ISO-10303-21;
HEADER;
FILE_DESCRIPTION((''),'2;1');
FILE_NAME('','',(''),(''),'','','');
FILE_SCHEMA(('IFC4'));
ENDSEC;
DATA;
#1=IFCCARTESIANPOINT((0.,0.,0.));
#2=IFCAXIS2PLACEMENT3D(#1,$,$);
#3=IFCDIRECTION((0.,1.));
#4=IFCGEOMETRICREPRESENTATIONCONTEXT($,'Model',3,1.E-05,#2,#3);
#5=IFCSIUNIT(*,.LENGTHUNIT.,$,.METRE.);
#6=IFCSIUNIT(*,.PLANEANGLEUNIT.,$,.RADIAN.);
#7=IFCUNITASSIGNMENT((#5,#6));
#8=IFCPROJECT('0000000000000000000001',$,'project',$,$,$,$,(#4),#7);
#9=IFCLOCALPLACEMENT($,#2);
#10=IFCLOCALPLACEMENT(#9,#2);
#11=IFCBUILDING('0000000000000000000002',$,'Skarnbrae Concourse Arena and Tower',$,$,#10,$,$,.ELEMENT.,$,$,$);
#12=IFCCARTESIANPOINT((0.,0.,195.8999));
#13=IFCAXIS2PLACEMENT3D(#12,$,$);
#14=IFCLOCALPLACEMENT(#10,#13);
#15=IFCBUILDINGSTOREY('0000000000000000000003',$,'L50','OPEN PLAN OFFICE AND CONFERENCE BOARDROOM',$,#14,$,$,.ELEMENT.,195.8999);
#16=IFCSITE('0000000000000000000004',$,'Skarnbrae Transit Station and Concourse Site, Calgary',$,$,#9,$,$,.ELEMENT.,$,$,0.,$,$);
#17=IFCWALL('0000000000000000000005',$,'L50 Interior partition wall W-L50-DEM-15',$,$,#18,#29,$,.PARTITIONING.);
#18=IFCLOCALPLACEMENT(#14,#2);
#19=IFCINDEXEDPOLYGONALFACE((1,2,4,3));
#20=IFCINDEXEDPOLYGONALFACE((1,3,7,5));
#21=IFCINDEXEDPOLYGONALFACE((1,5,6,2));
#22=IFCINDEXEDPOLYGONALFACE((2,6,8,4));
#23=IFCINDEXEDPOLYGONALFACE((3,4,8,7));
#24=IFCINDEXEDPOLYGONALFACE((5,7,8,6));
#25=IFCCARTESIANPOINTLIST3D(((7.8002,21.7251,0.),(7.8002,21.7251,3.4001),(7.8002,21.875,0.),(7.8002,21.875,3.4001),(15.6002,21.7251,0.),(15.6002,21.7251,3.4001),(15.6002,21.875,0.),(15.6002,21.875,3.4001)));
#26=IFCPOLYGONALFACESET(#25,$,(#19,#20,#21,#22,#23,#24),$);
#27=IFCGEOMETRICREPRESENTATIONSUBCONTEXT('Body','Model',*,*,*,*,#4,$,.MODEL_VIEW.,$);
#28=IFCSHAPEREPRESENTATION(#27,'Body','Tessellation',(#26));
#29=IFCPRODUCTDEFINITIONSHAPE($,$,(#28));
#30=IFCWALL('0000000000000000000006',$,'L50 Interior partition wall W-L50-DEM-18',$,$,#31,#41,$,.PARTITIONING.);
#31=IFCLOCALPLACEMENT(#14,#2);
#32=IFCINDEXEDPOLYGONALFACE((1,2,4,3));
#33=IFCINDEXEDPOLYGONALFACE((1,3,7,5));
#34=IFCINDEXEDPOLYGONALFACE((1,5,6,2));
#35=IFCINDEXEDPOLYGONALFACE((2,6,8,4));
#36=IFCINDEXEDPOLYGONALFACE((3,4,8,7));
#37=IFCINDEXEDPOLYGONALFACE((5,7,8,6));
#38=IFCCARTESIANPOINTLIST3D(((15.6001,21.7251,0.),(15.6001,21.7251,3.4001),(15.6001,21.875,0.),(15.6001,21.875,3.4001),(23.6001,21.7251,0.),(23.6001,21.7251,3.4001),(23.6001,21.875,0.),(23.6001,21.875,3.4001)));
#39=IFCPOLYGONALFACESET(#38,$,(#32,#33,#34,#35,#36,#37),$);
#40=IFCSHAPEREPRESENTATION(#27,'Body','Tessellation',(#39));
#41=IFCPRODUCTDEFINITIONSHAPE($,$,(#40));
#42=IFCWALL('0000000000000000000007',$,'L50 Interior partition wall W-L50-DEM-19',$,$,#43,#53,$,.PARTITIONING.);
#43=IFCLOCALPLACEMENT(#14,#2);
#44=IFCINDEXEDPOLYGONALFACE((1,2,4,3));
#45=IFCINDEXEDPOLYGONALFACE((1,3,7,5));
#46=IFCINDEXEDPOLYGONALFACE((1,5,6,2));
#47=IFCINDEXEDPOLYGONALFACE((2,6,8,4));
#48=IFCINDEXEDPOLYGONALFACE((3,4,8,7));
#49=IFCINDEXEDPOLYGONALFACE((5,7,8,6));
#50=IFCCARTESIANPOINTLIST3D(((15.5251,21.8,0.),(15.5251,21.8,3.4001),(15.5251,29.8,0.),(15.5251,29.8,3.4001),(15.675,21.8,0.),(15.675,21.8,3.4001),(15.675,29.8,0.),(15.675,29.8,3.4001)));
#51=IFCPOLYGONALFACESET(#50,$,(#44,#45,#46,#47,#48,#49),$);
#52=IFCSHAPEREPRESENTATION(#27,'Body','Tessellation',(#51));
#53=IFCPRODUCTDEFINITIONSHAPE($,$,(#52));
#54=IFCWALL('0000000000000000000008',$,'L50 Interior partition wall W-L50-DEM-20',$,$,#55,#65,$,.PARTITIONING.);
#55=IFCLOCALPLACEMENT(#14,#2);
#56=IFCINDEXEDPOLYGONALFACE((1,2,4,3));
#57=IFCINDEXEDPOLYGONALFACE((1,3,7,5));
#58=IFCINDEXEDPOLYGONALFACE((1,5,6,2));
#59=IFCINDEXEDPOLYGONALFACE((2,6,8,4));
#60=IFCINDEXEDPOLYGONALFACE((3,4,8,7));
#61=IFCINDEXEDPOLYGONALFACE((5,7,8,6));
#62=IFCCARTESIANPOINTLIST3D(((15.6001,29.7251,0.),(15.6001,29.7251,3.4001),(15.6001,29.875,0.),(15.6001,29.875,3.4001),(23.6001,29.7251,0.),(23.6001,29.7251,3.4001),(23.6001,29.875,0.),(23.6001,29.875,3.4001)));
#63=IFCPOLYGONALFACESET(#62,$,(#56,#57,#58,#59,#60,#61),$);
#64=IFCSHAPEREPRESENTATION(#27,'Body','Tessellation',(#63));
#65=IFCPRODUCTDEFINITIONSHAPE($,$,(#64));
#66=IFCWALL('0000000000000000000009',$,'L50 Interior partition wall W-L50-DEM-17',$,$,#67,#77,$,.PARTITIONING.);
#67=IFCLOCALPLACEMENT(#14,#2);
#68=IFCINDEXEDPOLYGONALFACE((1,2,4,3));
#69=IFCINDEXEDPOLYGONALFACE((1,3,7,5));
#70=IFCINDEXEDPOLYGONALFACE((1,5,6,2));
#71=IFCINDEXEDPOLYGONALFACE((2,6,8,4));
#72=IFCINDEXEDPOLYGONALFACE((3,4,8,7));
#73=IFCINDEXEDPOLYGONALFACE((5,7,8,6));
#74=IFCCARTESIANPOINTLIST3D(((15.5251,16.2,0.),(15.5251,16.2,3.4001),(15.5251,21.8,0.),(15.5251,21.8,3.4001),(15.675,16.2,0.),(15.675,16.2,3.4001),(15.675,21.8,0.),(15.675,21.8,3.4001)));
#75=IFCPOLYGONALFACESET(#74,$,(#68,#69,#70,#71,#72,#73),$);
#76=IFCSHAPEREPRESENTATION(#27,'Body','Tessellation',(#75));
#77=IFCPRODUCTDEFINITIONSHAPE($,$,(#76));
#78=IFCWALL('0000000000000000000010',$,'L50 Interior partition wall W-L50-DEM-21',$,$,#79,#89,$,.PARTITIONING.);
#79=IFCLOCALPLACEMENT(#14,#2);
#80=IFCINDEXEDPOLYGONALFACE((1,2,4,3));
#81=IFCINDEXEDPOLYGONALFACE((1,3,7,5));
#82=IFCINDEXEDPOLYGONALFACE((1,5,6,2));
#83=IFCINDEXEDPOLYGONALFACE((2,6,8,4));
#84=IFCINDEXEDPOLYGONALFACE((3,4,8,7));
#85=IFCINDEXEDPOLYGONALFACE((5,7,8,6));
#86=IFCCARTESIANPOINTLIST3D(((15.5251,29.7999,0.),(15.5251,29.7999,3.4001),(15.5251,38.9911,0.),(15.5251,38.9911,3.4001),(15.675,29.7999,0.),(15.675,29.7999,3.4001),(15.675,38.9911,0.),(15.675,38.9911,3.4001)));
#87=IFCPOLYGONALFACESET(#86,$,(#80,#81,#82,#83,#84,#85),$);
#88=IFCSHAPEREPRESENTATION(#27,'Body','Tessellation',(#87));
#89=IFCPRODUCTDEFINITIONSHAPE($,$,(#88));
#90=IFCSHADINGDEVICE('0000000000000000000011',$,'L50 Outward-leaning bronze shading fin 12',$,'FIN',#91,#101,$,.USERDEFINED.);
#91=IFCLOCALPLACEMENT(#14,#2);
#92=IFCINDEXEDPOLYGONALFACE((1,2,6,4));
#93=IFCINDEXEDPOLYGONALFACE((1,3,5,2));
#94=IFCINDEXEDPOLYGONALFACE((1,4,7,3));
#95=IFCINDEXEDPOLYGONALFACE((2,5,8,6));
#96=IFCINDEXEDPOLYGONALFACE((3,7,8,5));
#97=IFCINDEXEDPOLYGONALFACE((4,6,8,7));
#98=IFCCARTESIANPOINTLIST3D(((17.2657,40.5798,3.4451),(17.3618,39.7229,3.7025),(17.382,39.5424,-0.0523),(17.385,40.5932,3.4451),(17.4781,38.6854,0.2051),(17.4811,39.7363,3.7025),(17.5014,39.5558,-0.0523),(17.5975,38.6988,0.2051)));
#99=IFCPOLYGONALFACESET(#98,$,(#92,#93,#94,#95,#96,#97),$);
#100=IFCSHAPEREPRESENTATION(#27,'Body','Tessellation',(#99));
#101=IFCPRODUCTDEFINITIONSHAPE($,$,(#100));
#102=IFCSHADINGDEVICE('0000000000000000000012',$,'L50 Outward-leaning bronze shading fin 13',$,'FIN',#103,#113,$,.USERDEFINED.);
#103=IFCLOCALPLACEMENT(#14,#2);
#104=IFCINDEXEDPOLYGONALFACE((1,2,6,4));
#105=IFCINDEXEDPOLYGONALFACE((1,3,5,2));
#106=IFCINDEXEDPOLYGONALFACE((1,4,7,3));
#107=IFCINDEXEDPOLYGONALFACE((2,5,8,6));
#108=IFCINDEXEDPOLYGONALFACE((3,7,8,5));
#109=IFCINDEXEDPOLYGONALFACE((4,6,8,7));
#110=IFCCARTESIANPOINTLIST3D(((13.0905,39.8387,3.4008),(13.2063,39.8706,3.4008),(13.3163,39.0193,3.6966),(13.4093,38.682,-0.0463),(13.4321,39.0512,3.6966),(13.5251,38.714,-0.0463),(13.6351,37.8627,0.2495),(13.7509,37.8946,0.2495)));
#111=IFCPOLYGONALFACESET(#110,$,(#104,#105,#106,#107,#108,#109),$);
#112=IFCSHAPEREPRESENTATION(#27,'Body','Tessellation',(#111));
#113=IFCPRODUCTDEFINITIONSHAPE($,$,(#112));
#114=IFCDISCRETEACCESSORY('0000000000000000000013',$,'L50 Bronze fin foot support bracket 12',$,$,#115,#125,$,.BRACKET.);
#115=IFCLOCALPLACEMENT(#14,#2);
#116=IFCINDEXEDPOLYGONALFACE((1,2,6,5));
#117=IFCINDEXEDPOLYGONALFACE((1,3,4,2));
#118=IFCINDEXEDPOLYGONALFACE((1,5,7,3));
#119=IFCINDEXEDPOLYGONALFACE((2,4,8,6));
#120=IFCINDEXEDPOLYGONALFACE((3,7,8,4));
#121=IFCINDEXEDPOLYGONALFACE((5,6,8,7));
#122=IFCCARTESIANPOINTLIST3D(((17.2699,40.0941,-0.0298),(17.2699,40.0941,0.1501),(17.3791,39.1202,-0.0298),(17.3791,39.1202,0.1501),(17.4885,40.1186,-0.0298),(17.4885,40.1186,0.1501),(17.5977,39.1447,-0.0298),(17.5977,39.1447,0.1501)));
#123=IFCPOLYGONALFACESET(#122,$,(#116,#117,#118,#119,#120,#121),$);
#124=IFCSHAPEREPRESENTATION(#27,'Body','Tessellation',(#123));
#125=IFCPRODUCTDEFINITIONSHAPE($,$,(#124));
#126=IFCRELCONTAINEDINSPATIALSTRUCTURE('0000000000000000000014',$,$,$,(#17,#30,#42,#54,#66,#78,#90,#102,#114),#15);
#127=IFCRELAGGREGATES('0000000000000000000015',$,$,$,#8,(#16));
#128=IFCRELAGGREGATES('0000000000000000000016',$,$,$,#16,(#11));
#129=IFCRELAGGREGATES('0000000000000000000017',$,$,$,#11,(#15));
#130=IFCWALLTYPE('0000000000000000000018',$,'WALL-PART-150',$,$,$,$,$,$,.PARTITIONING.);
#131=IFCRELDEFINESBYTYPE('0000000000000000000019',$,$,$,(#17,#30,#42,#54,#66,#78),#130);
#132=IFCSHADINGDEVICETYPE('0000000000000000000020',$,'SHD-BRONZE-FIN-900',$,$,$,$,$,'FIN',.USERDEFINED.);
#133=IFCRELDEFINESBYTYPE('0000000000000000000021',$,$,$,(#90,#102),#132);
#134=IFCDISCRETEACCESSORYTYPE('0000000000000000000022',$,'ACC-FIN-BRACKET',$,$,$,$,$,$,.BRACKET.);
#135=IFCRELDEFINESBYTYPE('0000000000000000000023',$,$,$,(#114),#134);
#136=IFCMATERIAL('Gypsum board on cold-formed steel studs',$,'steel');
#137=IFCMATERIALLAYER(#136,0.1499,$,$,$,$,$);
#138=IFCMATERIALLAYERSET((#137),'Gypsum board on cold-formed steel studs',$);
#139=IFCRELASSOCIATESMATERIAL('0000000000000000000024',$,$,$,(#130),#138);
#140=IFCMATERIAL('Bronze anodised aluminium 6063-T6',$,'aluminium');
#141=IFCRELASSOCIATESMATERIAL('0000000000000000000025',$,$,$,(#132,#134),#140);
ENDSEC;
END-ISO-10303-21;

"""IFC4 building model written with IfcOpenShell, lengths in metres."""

from ifc_helpers import new_model, si_unit, direction, frame, frame_2d, origin, origin_2d, place, context, subcontext, project, spatial, rectangle, extrude, source, transform, mapped, material, layer, layer_set, type_object, element, save


model = new_model("IFC4")

# Units and contexts
model_context = context("Model", 3, precision=1e-05, world=origin(), true_north=direction((0.0, 1.0)))
body_context = subcontext(model_context, "Body", "Model", "MODEL_VIEW")
ifc_project = project(units=[si_unit("LENGTHUNIT", "METRE"), si_unit("PLANEANGLEUNIT", "RADIAN")], contexts=[model_context])

# Site, building, storey
site_placement = place(None, origin())
site = spatial("IfcSite", under=ifc_project, at=site_placement, Name="Skarnbrae Transit Station and Concourse Site, Calgary", CompositionType="ELEMENT", RefElevation=0.0)
building_placement = place(site_placement, origin())
building = spatial("IfcBuilding", under=site, at=building_placement, Name="Skarnbrae Concourse Arena and Tower", CompositionType="ELEMENT")
storey_placement = place(building_placement, frame((0.0, 0.0, 195.8999)))
storey = spatial("IfcBuildingStorey", under=building, at=storey_placement, Name="L50", Description="OPEN PLAN OFFICE AND CONFERENCE BOARDROOM", CompositionType="ELEMENT", Elevation=195.8999)

# Shared definitions
ifc_material_1 = material(Name="Bronze anodised aluminium 6063-T6", Category="aluminium")

# Walls
ifc_material_2 = material(Name="Gypsum board on cold-formed steel studs", Category="steel")
ifc_layer_1 = layer(ifc_material_2, 0.1499)
ifc_layer_set_1 = layer_set([ifc_layer_1], Name="Gypsum board on cold-formed steel studs")
wall_type = type_object("IfcWallType", Name="WALL-PART-150", PredefinedType="PARTITIONING", material=ifc_layer_set_1)
shared_shape_1 = source(origin(), body_context, "Body", "SweptSolid", [
    extrude(rectangle(XDim=7.8, YDim=0.1499, at=frame_2d((3.8999, 0.0))), origin(), (0.0, 0.0, 1.0), 3.4001),
])
wall_1_placement = place(storey_placement, frame((15.6001, 21.8, 0.0), z_axis=(0.0, 0.0, 1.0), x_axis=(-1.0, 0.0, 0.0)))
element("IfcWall", 1, at=wall_1_placement, inside=storey, type_object=wall_type, Name="L50 Interior partition wall W-L50-DEM-15", PredefinedType="PARTITIONING", context=body_context, shape_type="MappedRepresentation", body=[
    mapped(shared_shape_1, transform((0.0, 0.0, 0.0))),
])
shared_shape_2 = source(origin(), body_context, "Body", "SweptSolid", [
    extrude(rectangle(XDim=8.0, YDim=0.1499, at=frame_2d((4.0, 0.0))), origin(), (0.0, 0.0, 1.0), 3.4001),
])
for number, where, z_axis, x_axis, name in (
    (2, (15.6001, 21.8, 0.0), (0.0, 0.0, 1.0), (1.0, 0.0, 0.0), "L50 Interior partition wall W-L50-DEM-18"),
    (3, (15.6001, 29.8, 0.0), (0.0, 0.0, 1.0), (0.0, -1.0, 0.0), "L50 Interior partition wall W-L50-DEM-19"),
    (4, (15.6001, 29.8, 0.0), (0.0, 0.0, 1.0), (1.0, 0.0, 0.0), "L50 Interior partition wall W-L50-DEM-20"),
):
    element("IfcWall", number, at=place(storey_placement, frame(where, z_axis=z_axis, x_axis=x_axis)), inside=storey, type_object=wall_type, Name=name, PredefinedType="PARTITIONING", context=body_context, shape_type="MappedRepresentation", body=[
        mapped(shared_shape_2, transform((0.0, 0.0, 0.0))),
    ])
shared_shape_3 = source(origin(), body_context, "Body", "SweptSolid", [
    extrude(rectangle(XDim=5.6001, YDim=0.1499, at=frame_2d((2.8, 0.0))), origin(), (0.0, 0.0, 1.0), 3.4001),
])
wall_2_placement = place(storey_placement, frame((15.6001, 21.8, 0.0), z_axis=(0.0, 0.0, 1.0), x_axis=(0.0, -1.0, 0.0)))
element("IfcWall", 5, at=wall_2_placement, inside=storey, type_object=wall_type, Name="L50 Interior partition wall W-L50-DEM-17", PredefinedType="PARTITIONING", context=body_context, shape_type="MappedRepresentation", body=[
    mapped(shared_shape_3, transform((0.0, 0.0, 0.0))),
])
shared_shape_4 = source(origin(), body_context, "Body", "SweptSolid", [
    extrude(rectangle(XDim=9.1912, YDim=0.1499, at=frame_2d((4.5957, 0.0))), origin(), (0.0, 0.0, 1.0), 3.4001),
])
wall_3_placement = place(storey_placement, frame((15.6001, 38.9912, 0.0), z_axis=(0.0, 0.0, 1.0), x_axis=(0.0, -1.0, 0.0)))
element("IfcWall", 6, at=wall_3_placement, inside=storey, type_object=wall_type, Name="L50 Interior partition wall W-L50-DEM-21", PredefinedType="PARTITIONING", context=body_context, shape_type="MappedRepresentation", body=[
    mapped(shared_shape_4, transform((0.0, 0.0, 0.0))),
])

# Shading devices
shading_device_type = type_object("IfcShadingDeviceType", Name="SHD-BRONZE-FIN-900", ElementType="FIN", PredefinedType="USERDEFINED", material=ifc_material_1)
shared_shape_5 = source(origin(), body_context, "Body", "SweptSolid", [
    extrude(rectangle(XDim=0.1201, YDim=0.8999, at=origin_2d()), origin(), (0.0, 0.0, 1.0), 3.6499),
])
for number, where, z_axis, x_axis, name in (
    (7, (17.4897, 39.1206, 0.0764), (-0.031878, 0.284241, 0.958223), (0.99377, 0.111452, 0.0), "L50 Outward-leaning bronze shading fin 12"),
    (8, (13.5801, 38.2883, 0.1016), (-0.087333, 0.316888, 0.944434), (0.964058, 0.265691, 0.0), "L50 Outward-leaning bronze shading fin 13"),
):
    element("IfcShadingDevice", number, at=place(storey_placement, frame(where, z_axis=z_axis, x_axis=x_axis)), inside=storey, type_object=shading_device_type, Name=name, ObjectType="FIN", PredefinedType="USERDEFINED", context=body_context, shape_type="MappedRepresentation", body=[
        mapped(shared_shape_5, transform((0.0, 0.0, 0.0))),
    ])

# Discrete accessory
discrete_accessory_type = type_object("IfcDiscreteAccessoryType", Name="ACC-FIN-BRACKET", PredefinedType="BRACKET", material=ifc_material_1)
shared_shape_6 = source(origin(), body_context, "Body", "SweptSolid", [
    extrude(rectangle(XDim=0.22, YDim=0.98, at=origin_2d()), origin(), (0.0, 0.0, 1.0), 0.1799),
])
discrete_accessory_placement = place(storey_placement, frame((17.4338, 39.6194, -0.0298), z_axis=(0.0, 0.0, 1.0), x_axis=(0.99377, 0.111452, 0.0)))
element("IfcDiscreteAccessory", 9, at=discrete_accessory_placement, inside=storey, type_object=discrete_accessory_type, Name="L50 Bronze fin foot support bracket 12", PredefinedType="BRACKET", context=body_context, shape_type="MappedRepresentation", body=[
    mapped(shared_shape_6, transform((0.0, 0.0, 0.0))),
])

save(model, "model.ifc")
